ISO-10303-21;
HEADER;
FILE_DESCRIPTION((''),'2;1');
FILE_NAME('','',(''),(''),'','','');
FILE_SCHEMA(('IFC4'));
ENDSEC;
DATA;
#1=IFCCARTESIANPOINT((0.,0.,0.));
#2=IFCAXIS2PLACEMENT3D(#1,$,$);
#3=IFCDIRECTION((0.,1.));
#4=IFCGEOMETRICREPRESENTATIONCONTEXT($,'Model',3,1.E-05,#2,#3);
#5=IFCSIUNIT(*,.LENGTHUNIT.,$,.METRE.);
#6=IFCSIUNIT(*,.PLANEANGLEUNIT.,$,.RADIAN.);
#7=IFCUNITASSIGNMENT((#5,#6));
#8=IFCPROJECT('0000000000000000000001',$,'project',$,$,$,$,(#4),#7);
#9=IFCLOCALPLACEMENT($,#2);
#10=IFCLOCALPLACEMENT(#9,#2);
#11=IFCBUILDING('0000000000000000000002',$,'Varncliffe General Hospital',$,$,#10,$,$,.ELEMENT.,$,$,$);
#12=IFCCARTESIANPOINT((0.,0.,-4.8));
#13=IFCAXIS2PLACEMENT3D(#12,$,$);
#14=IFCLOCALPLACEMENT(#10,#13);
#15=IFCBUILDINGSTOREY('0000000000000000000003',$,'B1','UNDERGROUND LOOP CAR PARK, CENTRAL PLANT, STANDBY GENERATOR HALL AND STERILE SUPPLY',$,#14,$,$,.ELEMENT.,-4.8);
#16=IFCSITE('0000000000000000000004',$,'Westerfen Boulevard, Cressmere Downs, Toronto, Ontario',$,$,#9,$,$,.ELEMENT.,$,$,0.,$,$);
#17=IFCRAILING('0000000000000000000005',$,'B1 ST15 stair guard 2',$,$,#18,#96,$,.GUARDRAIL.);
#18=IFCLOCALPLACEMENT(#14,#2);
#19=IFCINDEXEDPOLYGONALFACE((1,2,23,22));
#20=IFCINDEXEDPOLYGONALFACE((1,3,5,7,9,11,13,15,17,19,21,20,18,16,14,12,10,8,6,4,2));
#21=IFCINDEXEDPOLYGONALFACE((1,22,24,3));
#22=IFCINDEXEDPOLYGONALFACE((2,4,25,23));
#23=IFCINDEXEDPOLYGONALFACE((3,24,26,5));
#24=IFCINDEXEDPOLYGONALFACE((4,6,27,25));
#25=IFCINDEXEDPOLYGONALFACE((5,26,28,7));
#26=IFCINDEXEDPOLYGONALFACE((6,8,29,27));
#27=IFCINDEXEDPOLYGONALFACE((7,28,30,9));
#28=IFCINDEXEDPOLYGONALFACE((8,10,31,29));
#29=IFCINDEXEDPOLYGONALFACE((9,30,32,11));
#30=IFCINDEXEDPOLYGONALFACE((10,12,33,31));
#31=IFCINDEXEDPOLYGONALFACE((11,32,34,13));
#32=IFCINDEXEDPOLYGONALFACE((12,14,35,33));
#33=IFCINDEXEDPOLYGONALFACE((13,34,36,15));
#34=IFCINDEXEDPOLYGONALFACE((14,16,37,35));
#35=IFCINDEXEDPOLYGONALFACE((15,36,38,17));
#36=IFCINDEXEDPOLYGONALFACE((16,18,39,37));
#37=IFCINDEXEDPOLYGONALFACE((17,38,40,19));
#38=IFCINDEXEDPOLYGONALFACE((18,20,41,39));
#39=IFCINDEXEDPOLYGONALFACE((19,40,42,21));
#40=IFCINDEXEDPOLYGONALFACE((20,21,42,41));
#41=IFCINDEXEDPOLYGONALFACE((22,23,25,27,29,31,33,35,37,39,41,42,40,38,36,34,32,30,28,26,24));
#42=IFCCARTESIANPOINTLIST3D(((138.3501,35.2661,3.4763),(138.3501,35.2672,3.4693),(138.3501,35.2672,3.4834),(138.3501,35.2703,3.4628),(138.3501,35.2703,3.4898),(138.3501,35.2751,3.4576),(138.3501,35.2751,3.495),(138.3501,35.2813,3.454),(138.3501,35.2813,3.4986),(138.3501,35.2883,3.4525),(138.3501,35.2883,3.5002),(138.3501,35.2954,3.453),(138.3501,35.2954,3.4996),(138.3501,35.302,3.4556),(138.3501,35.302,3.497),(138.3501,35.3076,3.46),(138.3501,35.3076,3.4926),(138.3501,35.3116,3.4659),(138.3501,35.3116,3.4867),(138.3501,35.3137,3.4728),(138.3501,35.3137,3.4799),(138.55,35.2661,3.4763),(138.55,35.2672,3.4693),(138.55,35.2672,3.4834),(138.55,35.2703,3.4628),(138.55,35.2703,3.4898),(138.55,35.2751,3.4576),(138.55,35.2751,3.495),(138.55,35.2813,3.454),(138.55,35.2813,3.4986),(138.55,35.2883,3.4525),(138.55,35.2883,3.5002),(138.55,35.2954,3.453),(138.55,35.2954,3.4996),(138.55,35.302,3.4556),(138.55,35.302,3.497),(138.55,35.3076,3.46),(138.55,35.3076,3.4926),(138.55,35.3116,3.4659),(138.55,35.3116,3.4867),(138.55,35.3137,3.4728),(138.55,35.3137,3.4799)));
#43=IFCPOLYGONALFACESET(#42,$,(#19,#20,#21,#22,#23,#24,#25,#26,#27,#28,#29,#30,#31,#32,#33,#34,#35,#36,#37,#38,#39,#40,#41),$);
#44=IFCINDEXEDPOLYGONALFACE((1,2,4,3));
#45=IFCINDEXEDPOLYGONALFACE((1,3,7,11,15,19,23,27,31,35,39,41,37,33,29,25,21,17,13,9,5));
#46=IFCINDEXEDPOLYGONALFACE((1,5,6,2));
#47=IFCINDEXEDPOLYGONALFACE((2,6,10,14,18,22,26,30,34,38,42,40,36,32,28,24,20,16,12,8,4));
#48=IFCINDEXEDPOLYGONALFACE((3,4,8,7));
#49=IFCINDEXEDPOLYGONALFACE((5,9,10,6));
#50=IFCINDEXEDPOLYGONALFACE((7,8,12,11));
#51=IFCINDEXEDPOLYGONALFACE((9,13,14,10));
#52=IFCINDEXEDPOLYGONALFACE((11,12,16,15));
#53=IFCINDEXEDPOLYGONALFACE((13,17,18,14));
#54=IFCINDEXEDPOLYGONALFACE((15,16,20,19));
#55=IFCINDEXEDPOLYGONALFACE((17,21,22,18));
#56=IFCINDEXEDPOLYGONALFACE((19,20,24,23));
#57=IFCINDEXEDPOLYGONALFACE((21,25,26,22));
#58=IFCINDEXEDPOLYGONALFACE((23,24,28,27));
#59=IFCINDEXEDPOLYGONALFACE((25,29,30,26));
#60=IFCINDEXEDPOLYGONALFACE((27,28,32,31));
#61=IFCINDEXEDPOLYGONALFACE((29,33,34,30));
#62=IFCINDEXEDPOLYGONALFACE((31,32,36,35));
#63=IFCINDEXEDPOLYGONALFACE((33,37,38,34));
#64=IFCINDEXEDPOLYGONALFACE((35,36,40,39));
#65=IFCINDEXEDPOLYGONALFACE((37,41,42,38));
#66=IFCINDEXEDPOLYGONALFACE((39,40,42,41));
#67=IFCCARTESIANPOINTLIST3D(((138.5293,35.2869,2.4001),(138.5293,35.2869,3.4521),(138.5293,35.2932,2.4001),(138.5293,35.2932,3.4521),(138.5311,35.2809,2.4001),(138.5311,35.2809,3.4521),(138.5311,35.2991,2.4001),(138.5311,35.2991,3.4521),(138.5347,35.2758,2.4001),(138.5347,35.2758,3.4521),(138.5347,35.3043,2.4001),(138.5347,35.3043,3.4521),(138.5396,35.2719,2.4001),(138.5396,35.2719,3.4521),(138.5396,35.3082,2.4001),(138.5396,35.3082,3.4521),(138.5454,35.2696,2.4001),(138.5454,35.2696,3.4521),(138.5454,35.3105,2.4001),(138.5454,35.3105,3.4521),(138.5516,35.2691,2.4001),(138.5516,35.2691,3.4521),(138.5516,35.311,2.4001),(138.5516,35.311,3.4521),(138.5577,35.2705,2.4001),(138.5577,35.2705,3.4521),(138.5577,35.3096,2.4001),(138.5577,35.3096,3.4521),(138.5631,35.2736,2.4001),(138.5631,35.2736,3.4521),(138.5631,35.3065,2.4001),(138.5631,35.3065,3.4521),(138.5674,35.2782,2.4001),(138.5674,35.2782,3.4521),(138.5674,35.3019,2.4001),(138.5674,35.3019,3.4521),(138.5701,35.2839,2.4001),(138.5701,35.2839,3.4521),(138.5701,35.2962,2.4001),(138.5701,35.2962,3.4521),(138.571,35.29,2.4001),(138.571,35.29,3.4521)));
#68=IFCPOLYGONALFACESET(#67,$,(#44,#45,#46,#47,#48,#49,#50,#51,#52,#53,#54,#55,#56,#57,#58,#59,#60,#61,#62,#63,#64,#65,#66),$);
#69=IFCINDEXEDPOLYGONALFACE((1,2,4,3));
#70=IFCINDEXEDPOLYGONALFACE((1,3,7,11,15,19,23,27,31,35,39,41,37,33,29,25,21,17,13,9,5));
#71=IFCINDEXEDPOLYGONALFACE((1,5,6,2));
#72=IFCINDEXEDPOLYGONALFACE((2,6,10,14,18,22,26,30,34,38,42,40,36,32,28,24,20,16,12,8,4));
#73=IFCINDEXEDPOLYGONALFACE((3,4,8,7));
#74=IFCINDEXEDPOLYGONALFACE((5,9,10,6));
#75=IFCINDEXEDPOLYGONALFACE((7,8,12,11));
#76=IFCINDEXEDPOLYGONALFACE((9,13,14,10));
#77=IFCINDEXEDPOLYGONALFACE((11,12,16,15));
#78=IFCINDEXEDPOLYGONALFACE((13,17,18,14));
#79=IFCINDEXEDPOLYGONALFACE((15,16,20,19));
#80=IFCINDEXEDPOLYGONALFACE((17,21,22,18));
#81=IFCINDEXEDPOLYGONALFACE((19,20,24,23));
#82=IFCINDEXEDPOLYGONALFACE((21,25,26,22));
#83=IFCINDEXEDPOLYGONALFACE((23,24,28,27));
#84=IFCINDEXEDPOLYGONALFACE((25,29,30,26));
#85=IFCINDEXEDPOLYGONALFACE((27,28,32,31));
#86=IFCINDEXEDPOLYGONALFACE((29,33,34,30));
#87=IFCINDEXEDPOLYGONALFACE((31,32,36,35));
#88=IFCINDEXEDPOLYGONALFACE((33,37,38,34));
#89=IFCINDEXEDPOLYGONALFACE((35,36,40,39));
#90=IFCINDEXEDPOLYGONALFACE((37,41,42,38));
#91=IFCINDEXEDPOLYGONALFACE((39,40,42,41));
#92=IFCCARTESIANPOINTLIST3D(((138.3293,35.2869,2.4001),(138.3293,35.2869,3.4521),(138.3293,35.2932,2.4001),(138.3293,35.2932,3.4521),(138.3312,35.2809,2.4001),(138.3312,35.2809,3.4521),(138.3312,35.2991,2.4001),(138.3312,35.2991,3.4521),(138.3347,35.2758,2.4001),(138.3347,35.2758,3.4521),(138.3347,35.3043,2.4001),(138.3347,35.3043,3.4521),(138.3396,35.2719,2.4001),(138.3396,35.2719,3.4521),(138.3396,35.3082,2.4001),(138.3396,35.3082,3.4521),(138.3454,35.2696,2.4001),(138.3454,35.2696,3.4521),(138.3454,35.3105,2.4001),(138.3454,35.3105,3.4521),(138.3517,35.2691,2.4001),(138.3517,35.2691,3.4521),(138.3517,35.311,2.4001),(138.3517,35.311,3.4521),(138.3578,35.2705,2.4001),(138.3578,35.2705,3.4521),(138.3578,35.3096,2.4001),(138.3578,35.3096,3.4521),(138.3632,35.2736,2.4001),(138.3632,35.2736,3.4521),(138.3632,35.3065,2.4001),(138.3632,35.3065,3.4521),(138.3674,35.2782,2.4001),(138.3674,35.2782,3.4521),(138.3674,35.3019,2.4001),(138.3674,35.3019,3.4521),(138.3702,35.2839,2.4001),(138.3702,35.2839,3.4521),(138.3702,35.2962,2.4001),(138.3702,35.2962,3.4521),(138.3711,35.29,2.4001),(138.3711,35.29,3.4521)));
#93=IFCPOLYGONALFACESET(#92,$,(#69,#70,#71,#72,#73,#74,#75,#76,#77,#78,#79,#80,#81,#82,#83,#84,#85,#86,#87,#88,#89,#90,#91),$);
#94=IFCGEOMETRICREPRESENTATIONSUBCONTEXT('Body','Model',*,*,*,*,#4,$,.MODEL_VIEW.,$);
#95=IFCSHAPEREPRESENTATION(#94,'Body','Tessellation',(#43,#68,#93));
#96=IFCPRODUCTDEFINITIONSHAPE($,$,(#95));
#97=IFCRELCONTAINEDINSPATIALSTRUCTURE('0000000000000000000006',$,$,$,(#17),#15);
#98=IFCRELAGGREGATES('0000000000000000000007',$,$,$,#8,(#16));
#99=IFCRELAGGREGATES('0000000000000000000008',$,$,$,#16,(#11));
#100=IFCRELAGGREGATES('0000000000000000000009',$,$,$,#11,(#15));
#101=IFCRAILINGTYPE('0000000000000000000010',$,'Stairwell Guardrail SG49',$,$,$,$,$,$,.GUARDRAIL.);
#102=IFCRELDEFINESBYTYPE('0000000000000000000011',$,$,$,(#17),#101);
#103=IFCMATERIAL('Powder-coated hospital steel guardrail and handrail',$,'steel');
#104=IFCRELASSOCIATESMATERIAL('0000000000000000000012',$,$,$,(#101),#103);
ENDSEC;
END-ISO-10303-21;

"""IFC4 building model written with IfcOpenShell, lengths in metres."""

from ifc_helpers import new_model, si_unit, direction, frame, origin, origin_2d, place, context, subcontext, project, spatial, circle, extrude, material, type_object, element, save


model = new_model("IFC4")

# Units and contexts
model_context = context("Model", 3, precision=1e-05, world=origin(), true_north=direction((0.0, 1.0)))
body_context = subcontext(model_context, "Body", "Model", "MODEL_VIEW")
ifc_project = project(units=[si_unit("LENGTHUNIT", "METRE"), si_unit("PLANEANGLEUNIT", "RADIAN")], contexts=[model_context])

# Site, building, storey
site_placement = place(None, origin())
site = spatial("IfcSite", under=ifc_project, at=site_placement, Name="Westerfen Boulevard, Cressmere Downs, Toronto, Ontario", CompositionType="ELEMENT", RefElevation=0.0)
building_placement = place(site_placement, origin())
building = spatial("IfcBuilding", under=site, at=building_placement, Name="Varncliffe General Hospital", CompositionType="ELEMENT")
storey_placement = place(building_placement, frame((0.0, 0.0, -4.8)))
storey = spatial("IfcBuildingStorey", under=building, at=storey_placement, Name="B1", Description="UNDERGROUND LOOP CAR PARK, CENTRAL PLANT, STANDBY GENERATOR HALL AND STERILE SUPPLY", CompositionType="ELEMENT", Elevation=-4.8)

# Railing
ifc_material_1 = material(Name="Powder-coated hospital steel guardrail and handrail", Category="steel")
railing_type_1 = type_object("IfcRailingType", Name="Stairwell Guardrail SG49", PredefinedType="GUARDRAIL", material=ifc_material_1)
railing_1_placement = place(storey_placement, frame((138.55, 35.29, 2.4001)))
element("IfcRailing", 1, at=railing_1_placement, inside=storey, type_object=railing_type_1, Name="B1 ST15 stair guard 2", PredefinedType="GUARDRAIL", context=body_context, shape_type="SweptSolid", body=[
    extrude(circle(Radius=0.0239, at=origin_2d()), frame((0.0, 0.0, 1.0762), z_axis=(-1.0, 0.0, 0.0), x_axis=(0.0, -1.0, 0.0)), (0.0, 0.0, 1.0), 0.2),
    extrude(circle(Radius=0.021, at=origin_2d()), origin(), (0.0, 0.0, 1.0), 1.052),
    extrude(circle(Radius=0.021, at=origin_2d()), frame((-0.2, 0.0, 0.0)), (0.0, 0.0, 1.0), 1.052),
])

save(model, "model.ifc")
